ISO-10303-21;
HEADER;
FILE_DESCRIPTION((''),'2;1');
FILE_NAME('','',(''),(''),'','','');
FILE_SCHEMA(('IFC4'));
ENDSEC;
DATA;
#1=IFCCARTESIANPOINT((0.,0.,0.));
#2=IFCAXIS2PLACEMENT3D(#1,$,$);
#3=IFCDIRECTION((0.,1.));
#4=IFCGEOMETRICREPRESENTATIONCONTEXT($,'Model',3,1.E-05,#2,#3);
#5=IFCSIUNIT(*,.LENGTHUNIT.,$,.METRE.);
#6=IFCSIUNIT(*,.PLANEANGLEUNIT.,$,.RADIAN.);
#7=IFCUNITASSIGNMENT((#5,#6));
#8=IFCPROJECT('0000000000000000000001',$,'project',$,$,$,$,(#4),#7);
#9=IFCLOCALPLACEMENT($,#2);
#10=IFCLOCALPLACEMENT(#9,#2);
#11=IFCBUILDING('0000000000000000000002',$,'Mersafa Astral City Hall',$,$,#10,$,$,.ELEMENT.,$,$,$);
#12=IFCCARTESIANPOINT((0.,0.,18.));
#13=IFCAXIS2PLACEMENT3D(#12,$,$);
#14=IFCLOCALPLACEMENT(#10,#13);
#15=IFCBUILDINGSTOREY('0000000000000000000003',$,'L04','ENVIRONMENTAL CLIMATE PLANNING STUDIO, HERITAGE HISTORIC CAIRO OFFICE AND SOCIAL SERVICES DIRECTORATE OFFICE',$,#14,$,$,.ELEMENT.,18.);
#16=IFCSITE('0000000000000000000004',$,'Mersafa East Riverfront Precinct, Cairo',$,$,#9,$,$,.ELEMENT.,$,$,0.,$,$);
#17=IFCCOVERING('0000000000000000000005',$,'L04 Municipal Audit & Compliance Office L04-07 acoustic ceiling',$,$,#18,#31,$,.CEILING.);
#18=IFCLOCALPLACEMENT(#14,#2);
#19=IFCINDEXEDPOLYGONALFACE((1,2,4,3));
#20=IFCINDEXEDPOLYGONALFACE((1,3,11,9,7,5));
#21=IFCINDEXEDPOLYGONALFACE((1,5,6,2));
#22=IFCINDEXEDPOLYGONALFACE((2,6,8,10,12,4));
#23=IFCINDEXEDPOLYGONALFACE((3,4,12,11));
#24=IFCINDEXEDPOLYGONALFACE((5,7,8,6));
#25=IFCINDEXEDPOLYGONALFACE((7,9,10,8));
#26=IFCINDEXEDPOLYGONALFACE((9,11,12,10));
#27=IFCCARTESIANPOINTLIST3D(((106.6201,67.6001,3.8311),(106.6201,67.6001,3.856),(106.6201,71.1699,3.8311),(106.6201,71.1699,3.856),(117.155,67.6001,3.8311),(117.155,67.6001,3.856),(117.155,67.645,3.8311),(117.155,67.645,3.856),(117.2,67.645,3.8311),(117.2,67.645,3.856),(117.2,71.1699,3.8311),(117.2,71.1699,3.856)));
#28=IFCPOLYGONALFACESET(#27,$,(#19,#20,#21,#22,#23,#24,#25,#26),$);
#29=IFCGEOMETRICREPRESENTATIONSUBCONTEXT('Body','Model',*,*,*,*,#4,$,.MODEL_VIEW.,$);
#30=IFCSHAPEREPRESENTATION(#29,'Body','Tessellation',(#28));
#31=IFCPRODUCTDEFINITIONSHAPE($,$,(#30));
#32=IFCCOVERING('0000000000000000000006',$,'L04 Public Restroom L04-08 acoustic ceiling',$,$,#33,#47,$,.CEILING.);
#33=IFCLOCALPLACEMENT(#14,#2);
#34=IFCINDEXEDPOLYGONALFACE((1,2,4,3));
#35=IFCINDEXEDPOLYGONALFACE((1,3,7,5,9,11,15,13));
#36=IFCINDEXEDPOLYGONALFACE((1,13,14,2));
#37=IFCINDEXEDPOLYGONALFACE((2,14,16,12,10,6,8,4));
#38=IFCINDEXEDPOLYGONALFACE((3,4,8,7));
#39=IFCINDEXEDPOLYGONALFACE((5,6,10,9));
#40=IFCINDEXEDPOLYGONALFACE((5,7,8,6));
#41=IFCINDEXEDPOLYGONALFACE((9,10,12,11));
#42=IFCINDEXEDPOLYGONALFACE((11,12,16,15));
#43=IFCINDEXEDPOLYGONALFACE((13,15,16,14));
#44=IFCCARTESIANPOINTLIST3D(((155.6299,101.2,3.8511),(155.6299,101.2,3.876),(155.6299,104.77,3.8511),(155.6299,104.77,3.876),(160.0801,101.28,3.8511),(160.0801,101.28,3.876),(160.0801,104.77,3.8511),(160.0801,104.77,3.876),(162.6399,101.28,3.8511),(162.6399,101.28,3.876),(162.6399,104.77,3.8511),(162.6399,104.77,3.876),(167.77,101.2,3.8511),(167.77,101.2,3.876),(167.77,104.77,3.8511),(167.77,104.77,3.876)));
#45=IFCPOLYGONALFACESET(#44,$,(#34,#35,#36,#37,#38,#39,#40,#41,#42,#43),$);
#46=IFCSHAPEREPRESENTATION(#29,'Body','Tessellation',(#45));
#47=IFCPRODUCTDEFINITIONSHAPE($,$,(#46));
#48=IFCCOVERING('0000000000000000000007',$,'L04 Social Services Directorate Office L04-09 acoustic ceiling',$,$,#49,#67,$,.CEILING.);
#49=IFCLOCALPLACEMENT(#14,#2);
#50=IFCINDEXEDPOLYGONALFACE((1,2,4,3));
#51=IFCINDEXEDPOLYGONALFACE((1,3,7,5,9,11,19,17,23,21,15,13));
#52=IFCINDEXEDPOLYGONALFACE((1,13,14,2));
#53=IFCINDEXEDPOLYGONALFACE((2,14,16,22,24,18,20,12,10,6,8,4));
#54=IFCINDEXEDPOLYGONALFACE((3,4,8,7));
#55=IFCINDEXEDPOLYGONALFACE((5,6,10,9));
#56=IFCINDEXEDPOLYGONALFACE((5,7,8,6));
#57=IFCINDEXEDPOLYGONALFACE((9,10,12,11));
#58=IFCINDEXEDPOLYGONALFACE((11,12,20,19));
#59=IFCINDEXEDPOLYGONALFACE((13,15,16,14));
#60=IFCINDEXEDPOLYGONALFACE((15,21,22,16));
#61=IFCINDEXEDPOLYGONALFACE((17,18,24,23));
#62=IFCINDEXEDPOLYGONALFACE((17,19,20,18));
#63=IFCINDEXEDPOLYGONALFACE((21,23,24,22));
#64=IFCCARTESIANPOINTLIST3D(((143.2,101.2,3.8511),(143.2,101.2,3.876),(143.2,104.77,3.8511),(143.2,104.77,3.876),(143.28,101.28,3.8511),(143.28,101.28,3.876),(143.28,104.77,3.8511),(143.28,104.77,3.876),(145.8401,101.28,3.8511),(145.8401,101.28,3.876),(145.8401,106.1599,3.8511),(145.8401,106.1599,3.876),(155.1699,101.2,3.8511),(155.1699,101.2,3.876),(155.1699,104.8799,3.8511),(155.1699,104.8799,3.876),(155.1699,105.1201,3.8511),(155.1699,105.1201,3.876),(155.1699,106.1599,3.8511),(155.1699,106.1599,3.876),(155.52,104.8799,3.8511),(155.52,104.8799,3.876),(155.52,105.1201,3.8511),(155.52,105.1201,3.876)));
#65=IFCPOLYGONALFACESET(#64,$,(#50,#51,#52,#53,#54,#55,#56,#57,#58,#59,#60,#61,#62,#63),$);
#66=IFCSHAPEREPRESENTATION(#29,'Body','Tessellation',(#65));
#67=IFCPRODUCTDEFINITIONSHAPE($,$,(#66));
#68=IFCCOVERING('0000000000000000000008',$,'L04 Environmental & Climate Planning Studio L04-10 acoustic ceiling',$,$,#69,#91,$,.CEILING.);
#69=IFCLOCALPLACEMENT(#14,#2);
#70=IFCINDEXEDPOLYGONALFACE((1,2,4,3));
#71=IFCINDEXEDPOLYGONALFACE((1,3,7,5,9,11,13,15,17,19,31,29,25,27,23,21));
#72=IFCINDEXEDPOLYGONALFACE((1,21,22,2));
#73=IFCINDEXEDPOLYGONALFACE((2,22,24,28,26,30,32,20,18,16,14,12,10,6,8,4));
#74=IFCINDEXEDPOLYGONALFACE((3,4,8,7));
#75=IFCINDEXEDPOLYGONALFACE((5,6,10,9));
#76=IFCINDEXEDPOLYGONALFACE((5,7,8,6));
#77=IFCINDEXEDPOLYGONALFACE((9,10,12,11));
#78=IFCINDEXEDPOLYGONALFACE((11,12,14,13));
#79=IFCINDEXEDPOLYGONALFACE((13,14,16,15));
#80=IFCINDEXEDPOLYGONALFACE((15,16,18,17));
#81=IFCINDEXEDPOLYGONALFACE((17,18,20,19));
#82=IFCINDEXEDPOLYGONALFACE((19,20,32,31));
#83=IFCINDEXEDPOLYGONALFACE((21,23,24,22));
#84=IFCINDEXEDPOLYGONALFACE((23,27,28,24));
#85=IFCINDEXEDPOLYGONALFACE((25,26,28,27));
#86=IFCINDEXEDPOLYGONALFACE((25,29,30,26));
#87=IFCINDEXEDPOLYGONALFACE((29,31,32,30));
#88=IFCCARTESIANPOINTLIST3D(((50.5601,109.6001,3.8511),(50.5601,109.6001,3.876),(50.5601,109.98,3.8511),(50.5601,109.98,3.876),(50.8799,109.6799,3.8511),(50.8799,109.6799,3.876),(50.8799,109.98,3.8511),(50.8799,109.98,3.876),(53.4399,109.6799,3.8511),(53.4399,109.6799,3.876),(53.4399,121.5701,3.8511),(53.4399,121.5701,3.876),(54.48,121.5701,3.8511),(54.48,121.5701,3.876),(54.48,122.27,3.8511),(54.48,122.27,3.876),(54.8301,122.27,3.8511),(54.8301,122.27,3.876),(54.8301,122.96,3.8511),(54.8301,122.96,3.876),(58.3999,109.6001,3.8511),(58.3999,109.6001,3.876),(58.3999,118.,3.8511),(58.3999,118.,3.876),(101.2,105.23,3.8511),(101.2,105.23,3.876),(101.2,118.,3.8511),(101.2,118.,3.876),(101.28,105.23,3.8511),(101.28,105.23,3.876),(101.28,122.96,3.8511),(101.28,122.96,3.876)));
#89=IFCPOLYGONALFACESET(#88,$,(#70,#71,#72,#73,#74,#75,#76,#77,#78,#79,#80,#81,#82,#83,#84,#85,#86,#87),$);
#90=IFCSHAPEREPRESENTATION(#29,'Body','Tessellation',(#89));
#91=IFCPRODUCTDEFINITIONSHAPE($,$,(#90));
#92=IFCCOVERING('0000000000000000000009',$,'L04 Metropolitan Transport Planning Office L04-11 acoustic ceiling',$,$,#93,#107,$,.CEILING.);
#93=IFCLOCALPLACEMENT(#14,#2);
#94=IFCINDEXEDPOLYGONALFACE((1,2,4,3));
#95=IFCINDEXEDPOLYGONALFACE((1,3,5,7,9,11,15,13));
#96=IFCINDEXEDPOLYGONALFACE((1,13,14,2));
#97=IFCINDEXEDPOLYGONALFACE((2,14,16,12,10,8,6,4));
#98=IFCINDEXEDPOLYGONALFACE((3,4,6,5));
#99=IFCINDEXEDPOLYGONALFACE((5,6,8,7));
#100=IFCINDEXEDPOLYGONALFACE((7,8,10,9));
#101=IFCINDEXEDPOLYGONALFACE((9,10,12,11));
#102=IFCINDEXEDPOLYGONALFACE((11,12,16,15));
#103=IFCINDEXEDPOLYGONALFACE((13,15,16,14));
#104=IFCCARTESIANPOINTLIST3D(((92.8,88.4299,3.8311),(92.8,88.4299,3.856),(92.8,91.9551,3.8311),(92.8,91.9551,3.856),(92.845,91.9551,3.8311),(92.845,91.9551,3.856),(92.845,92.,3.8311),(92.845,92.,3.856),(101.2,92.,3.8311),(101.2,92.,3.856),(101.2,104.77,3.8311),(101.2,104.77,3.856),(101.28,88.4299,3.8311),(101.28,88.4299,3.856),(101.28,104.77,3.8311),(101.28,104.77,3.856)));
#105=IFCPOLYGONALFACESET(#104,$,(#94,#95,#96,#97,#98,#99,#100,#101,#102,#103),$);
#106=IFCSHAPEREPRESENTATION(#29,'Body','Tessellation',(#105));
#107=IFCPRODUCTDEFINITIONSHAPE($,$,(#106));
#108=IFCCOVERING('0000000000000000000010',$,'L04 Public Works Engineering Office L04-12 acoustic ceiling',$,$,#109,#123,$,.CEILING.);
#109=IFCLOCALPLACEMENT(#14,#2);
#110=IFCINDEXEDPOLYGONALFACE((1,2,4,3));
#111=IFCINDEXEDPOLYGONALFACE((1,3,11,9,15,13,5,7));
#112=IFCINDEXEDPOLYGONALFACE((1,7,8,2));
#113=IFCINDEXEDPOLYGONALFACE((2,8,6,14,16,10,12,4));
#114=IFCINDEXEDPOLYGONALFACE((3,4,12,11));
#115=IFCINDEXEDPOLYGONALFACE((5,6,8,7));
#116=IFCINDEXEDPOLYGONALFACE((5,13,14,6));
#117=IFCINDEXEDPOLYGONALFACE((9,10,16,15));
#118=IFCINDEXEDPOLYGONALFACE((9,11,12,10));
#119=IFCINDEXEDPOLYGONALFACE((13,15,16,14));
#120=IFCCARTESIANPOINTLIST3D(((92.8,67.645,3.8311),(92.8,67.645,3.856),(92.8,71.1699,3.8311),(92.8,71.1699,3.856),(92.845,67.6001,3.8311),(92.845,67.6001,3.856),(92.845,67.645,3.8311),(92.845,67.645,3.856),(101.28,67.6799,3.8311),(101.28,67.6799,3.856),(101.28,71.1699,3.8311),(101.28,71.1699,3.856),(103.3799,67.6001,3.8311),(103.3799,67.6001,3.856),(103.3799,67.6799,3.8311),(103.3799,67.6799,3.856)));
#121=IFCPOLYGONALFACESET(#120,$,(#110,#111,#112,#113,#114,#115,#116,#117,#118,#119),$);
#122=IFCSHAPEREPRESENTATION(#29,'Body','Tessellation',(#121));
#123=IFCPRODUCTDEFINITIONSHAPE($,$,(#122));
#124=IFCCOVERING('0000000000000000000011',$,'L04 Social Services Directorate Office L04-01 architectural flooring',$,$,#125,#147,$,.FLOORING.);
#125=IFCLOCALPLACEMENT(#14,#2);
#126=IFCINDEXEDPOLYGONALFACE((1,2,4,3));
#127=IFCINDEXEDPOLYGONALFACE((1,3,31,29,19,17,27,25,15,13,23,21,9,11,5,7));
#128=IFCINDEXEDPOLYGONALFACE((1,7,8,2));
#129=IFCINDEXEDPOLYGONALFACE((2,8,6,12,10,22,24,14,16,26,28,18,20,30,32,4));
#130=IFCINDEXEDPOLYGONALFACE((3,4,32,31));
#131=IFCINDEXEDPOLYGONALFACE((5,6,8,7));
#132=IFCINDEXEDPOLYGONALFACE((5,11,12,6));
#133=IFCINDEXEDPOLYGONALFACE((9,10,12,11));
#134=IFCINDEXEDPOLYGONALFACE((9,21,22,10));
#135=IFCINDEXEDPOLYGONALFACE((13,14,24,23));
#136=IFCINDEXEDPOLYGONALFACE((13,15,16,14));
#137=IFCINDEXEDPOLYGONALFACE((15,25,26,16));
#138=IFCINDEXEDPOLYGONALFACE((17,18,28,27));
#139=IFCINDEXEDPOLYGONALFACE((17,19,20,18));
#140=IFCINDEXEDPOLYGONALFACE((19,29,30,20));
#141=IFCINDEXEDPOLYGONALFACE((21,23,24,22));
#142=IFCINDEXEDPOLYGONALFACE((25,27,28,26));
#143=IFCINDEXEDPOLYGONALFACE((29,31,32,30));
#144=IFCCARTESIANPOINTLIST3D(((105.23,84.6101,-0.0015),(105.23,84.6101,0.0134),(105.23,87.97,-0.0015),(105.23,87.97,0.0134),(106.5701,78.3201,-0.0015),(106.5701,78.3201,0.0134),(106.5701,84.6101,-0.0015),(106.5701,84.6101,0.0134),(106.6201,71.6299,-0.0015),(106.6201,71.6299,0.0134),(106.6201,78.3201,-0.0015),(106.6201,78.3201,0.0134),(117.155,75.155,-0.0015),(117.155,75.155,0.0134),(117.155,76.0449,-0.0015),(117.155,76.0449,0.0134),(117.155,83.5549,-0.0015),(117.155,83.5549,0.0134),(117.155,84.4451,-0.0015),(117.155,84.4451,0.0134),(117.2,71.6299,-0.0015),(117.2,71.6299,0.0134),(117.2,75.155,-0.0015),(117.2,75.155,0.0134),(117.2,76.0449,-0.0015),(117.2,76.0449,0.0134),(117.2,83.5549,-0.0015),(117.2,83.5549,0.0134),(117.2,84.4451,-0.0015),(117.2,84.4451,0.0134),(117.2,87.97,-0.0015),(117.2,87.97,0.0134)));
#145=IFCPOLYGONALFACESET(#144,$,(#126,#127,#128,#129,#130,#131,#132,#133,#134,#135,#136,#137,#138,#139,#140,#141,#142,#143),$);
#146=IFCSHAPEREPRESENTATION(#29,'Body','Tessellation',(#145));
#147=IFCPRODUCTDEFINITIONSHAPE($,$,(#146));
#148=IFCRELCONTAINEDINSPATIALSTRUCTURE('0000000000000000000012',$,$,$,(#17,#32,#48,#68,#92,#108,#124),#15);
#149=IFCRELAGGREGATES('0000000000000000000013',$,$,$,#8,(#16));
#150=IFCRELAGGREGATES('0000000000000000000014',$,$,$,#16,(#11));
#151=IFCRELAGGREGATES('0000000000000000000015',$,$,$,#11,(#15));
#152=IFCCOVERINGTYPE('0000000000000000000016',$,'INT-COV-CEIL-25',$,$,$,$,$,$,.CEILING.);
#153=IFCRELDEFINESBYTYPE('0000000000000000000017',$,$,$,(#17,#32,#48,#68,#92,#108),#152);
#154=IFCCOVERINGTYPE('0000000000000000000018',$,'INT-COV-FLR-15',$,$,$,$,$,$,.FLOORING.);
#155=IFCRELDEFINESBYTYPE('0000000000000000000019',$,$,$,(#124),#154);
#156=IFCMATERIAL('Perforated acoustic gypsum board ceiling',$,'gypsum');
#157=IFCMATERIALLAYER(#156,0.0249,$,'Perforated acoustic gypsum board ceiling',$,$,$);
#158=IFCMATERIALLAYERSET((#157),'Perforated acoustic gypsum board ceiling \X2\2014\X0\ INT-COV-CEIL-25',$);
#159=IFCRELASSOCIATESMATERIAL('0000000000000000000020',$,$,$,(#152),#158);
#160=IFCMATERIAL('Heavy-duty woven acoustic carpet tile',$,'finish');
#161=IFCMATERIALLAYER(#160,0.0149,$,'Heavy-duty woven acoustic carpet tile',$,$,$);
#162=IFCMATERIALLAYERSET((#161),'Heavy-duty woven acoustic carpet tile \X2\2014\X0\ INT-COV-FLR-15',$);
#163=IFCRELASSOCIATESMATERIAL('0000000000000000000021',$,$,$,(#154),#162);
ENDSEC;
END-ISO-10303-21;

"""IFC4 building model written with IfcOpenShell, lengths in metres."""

from ifc_helpers import new_model, si_unit, direction, frame, origin, place, context, subcontext, project, spatial, polyline, outline, extrude, material, layer, layer_set, type_object, element, save


model = new_model("IFC4")

# Units and contexts
model_context = context("Model", 3, precision=1e-05, world=origin(), true_north=direction((0.0, 1.0)))
body_context = subcontext(model_context, "Body", "Model", "MODEL_VIEW")
ifc_project = project(units=[si_unit("LENGTHUNIT", "METRE"), si_unit("PLANEANGLEUNIT", "RADIAN")], contexts=[model_context])

# Site, building, storey
site_placement = place(None, origin())
site = spatial("IfcSite", under=ifc_project, at=site_placement, Name="Mersafa East Riverfront Precinct, Cairo", CompositionType="ELEMENT", RefElevation=0.0)
building_placement = place(site_placement, origin())
building = spatial("IfcBuilding", under=site, at=building_placement, Name="Mersafa Astral City Hall", CompositionType="ELEMENT")
storey_placement = place(building_placement, frame((0.0, 0.0, 18.0)))
storey = spatial("IfcBuildingStorey", under=building, at=storey_placement, Name="L04", Description="ENVIRONMENTAL CLIMATE PLANNING STUDIO, HERITAGE HISTORIC CAIRO OFFICE AND SOCIAL SERVICES DIRECTORATE OFFICE", CompositionType="ELEMENT", Elevation=18.0)

# Coverings
ifc_material_1 = material(Name="Perforated acoustic gypsum board ceiling", Category="gypsum")
ifc_layer_1 = layer(ifc_material_1, 0.0249, Name="Perforated acoustic gypsum board ceiling")
ifc_layer_set_1 = layer_set([ifc_layer_1], Name="Perforated acoustic gypsum board ceiling — INT-COV-CEIL-25")
covering_type_1 = type_object("IfcCoveringType", Name="INT-COV-CEIL-25", PredefinedType="CEILING", material=ifc_layer_set_1)
covering_1_placement = place(storey_placement, frame((0.0, 0.0, 3.8311)))
element("IfcCovering", 1, at=covering_1_placement, inside=storey, type_object=covering_type_1, Name="L04 Municipal Audit & Compliance Office L04-07 acoustic ceiling", PredefinedType="CEILING", context=body_context, shape_type="SweptSolid", body=[
    extrude(outline(polyline([(106.6201, 71.1699), (117.2, 71.1699), (117.2, 67.645), (117.155, 67.645), (117.155, 67.6001), (106.6201, 67.6001), (106.6201, 71.1699)])), origin(), (0.0, 0.0, 1.0), 0.0249),
])
covering_2_placement = place(storey_placement, frame((0.0, 0.0, 3.8511)))
element("IfcCovering", 2, at=covering_2_placement, inside=storey, type_object=covering_type_1, Name="L04 Public Restroom L04-08 acoustic ceiling", PredefinedType="CEILING", context=body_context, shape_type="SweptSolid", body=[
    extrude(outline(polyline([(160.0801, 104.77), (160.0801, 101.28), (162.6399, 101.28), (162.6399, 104.77), (167.77, 104.77), (167.77, 101.2), (155.6299, 101.2), (155.6299, 104.77), (160.0801, 104.77)])), origin(), (0.0, 0.0, 1.0), 0.0249),
])
covering_3_placement = place(storey_placement, frame((0.0, 0.0, 3.8511)))
element("IfcCovering", 3, at=covering_3_placement, inside=storey, type_object=covering_type_1, Name="L04 Social Services Directorate Office L04-09 acoustic ceiling", PredefinedType="CEILING", context=body_context, shape_type="SweptSolid", body=[
    extrude(outline(polyline([(145.8401, 101.28), (145.8401, 106.1599), (155.1699, 106.1599), (155.1699, 105.1201), (155.52, 105.1201), (155.52, 104.8799), (155.1699, 104.8799), (155.1699, 101.2), (143.2, 101.2), (143.2, 104.77), (143.28, 104.77), (143.28, 101.28), (145.8401, 101.28)])), origin(), (0.0, 0.0, 1.0), 0.0249),
])
covering_4_placement = place(storey_placement, frame((0.0, 0.0, 3.8511)))
element("IfcCovering", 4, at=covering_4_placement, inside=storey, type_object=covering_type_1, Name="L04 Environmental & Climate Planning Studio L04-10 acoustic ceiling", PredefinedType="CEILING", context=body_context, shape_type="SweptSolid", body=[
    extrude(outline(polyline([(58.3999, 118.0), (58.3999, 109.6001), (50.5601, 109.6001), (50.5601, 109.98), (50.8799, 109.98), (50.8799, 109.6799), (53.4399, 109.6799), (53.4399, 121.5701), (54.48, 121.5701), (54.48, 122.27), (54.8301, 122.27), (54.8301, 122.96), (101.28, 122.96), (101.28, 105.23), (101.2, 105.23), (101.2, 118.0), (58.3999, 118.0)])), origin(), (0.0, 0.0, 1.0), 0.0249),
])
covering_5_placement = place(storey_placement, frame((0.0, 0.0, 3.8311)))
element("IfcCovering", 5, at=covering_5_placement, inside=storey, type_object=covering_type_1, Name="L04 Metropolitan Transport Planning Office L04-11 acoustic ceiling", PredefinedType="CEILING", context=body_context, shape_type="SweptSolid", body=[
    extrude(outline(polyline([(92.845, 91.9551), (92.845, 92.0), (101.2, 92.0), (101.2, 104.77), (101.28, 104.77), (101.28, 88.4299), (92.8, 88.4299), (92.8, 91.9551), (92.845, 91.9551)])), origin(), (0.0, 0.0, 1.0), 0.0249),
])
covering_6_placement = place(storey_placement, frame((0.0, 0.0, 3.8311)))
element("IfcCovering", 6, at=covering_6_placement, inside=storey, type_object=covering_type_1, Name="L04 Public Works Engineering Office L04-12 acoustic ceiling", PredefinedType="CEILING", context=body_context, shape_type="SweptSolid", body=[
    extrude(outline(polyline([(92.8, 71.1699), (101.28, 71.1699), (101.28, 67.6799), (103.3799, 67.6799), (103.3799, 67.6001), (92.845, 67.6001), (92.845, 67.645), (92.8, 67.645), (92.8, 71.1699)])), origin(), (0.0, 0.0, 1.0), 0.0249),
])
ifc_material_2 = material(Name="Heavy-duty woven acoustic carpet tile", Category="finish")
ifc_layer_2 = layer(ifc_material_2, 0.0149, Name="Heavy-duty woven acoustic carpet tile")
ifc_layer_set_2 = layer_set([ifc_layer_2], Name="Heavy-duty woven acoustic carpet tile — INT-COV-FLR-15")
covering_type_2 = type_object("IfcCoveringType", Name="INT-COV-FLR-15", PredefinedType="FLOORING", material=ifc_layer_set_2)
covering_7_placement = place(storey_placement, frame((0.0, 0.0, -0.0015)))
element("IfcCovering", 7, at=covering_7_placement, inside=storey, type_object=covering_type_2, Name="L04 Social Services Directorate Office L04-01 architectural flooring", PredefinedType="FLOORING", context=body_context, shape_type="SweptSolid", body=[
    extrude(outline(polyline([(106.5701, 84.6101), (105.23, 84.6101), (105.23, 87.97), (117.2, 87.97), (117.2, 84.4451), (117.155, 84.4451), (117.155, 83.5549), (117.2, 83.5549), (117.2, 76.0449), (117.155, 76.0449), (117.155, 75.155), (117.2, 75.155), (117.2, 71.6299), (106.6201, 71.6299), (106.6201, 78.3201), (106.5701, 78.3201), (106.5701, 84.6101)])), origin(), (0.0, 0.0, 1.0), 0.0149),
])

save(model, "model.ifc")
